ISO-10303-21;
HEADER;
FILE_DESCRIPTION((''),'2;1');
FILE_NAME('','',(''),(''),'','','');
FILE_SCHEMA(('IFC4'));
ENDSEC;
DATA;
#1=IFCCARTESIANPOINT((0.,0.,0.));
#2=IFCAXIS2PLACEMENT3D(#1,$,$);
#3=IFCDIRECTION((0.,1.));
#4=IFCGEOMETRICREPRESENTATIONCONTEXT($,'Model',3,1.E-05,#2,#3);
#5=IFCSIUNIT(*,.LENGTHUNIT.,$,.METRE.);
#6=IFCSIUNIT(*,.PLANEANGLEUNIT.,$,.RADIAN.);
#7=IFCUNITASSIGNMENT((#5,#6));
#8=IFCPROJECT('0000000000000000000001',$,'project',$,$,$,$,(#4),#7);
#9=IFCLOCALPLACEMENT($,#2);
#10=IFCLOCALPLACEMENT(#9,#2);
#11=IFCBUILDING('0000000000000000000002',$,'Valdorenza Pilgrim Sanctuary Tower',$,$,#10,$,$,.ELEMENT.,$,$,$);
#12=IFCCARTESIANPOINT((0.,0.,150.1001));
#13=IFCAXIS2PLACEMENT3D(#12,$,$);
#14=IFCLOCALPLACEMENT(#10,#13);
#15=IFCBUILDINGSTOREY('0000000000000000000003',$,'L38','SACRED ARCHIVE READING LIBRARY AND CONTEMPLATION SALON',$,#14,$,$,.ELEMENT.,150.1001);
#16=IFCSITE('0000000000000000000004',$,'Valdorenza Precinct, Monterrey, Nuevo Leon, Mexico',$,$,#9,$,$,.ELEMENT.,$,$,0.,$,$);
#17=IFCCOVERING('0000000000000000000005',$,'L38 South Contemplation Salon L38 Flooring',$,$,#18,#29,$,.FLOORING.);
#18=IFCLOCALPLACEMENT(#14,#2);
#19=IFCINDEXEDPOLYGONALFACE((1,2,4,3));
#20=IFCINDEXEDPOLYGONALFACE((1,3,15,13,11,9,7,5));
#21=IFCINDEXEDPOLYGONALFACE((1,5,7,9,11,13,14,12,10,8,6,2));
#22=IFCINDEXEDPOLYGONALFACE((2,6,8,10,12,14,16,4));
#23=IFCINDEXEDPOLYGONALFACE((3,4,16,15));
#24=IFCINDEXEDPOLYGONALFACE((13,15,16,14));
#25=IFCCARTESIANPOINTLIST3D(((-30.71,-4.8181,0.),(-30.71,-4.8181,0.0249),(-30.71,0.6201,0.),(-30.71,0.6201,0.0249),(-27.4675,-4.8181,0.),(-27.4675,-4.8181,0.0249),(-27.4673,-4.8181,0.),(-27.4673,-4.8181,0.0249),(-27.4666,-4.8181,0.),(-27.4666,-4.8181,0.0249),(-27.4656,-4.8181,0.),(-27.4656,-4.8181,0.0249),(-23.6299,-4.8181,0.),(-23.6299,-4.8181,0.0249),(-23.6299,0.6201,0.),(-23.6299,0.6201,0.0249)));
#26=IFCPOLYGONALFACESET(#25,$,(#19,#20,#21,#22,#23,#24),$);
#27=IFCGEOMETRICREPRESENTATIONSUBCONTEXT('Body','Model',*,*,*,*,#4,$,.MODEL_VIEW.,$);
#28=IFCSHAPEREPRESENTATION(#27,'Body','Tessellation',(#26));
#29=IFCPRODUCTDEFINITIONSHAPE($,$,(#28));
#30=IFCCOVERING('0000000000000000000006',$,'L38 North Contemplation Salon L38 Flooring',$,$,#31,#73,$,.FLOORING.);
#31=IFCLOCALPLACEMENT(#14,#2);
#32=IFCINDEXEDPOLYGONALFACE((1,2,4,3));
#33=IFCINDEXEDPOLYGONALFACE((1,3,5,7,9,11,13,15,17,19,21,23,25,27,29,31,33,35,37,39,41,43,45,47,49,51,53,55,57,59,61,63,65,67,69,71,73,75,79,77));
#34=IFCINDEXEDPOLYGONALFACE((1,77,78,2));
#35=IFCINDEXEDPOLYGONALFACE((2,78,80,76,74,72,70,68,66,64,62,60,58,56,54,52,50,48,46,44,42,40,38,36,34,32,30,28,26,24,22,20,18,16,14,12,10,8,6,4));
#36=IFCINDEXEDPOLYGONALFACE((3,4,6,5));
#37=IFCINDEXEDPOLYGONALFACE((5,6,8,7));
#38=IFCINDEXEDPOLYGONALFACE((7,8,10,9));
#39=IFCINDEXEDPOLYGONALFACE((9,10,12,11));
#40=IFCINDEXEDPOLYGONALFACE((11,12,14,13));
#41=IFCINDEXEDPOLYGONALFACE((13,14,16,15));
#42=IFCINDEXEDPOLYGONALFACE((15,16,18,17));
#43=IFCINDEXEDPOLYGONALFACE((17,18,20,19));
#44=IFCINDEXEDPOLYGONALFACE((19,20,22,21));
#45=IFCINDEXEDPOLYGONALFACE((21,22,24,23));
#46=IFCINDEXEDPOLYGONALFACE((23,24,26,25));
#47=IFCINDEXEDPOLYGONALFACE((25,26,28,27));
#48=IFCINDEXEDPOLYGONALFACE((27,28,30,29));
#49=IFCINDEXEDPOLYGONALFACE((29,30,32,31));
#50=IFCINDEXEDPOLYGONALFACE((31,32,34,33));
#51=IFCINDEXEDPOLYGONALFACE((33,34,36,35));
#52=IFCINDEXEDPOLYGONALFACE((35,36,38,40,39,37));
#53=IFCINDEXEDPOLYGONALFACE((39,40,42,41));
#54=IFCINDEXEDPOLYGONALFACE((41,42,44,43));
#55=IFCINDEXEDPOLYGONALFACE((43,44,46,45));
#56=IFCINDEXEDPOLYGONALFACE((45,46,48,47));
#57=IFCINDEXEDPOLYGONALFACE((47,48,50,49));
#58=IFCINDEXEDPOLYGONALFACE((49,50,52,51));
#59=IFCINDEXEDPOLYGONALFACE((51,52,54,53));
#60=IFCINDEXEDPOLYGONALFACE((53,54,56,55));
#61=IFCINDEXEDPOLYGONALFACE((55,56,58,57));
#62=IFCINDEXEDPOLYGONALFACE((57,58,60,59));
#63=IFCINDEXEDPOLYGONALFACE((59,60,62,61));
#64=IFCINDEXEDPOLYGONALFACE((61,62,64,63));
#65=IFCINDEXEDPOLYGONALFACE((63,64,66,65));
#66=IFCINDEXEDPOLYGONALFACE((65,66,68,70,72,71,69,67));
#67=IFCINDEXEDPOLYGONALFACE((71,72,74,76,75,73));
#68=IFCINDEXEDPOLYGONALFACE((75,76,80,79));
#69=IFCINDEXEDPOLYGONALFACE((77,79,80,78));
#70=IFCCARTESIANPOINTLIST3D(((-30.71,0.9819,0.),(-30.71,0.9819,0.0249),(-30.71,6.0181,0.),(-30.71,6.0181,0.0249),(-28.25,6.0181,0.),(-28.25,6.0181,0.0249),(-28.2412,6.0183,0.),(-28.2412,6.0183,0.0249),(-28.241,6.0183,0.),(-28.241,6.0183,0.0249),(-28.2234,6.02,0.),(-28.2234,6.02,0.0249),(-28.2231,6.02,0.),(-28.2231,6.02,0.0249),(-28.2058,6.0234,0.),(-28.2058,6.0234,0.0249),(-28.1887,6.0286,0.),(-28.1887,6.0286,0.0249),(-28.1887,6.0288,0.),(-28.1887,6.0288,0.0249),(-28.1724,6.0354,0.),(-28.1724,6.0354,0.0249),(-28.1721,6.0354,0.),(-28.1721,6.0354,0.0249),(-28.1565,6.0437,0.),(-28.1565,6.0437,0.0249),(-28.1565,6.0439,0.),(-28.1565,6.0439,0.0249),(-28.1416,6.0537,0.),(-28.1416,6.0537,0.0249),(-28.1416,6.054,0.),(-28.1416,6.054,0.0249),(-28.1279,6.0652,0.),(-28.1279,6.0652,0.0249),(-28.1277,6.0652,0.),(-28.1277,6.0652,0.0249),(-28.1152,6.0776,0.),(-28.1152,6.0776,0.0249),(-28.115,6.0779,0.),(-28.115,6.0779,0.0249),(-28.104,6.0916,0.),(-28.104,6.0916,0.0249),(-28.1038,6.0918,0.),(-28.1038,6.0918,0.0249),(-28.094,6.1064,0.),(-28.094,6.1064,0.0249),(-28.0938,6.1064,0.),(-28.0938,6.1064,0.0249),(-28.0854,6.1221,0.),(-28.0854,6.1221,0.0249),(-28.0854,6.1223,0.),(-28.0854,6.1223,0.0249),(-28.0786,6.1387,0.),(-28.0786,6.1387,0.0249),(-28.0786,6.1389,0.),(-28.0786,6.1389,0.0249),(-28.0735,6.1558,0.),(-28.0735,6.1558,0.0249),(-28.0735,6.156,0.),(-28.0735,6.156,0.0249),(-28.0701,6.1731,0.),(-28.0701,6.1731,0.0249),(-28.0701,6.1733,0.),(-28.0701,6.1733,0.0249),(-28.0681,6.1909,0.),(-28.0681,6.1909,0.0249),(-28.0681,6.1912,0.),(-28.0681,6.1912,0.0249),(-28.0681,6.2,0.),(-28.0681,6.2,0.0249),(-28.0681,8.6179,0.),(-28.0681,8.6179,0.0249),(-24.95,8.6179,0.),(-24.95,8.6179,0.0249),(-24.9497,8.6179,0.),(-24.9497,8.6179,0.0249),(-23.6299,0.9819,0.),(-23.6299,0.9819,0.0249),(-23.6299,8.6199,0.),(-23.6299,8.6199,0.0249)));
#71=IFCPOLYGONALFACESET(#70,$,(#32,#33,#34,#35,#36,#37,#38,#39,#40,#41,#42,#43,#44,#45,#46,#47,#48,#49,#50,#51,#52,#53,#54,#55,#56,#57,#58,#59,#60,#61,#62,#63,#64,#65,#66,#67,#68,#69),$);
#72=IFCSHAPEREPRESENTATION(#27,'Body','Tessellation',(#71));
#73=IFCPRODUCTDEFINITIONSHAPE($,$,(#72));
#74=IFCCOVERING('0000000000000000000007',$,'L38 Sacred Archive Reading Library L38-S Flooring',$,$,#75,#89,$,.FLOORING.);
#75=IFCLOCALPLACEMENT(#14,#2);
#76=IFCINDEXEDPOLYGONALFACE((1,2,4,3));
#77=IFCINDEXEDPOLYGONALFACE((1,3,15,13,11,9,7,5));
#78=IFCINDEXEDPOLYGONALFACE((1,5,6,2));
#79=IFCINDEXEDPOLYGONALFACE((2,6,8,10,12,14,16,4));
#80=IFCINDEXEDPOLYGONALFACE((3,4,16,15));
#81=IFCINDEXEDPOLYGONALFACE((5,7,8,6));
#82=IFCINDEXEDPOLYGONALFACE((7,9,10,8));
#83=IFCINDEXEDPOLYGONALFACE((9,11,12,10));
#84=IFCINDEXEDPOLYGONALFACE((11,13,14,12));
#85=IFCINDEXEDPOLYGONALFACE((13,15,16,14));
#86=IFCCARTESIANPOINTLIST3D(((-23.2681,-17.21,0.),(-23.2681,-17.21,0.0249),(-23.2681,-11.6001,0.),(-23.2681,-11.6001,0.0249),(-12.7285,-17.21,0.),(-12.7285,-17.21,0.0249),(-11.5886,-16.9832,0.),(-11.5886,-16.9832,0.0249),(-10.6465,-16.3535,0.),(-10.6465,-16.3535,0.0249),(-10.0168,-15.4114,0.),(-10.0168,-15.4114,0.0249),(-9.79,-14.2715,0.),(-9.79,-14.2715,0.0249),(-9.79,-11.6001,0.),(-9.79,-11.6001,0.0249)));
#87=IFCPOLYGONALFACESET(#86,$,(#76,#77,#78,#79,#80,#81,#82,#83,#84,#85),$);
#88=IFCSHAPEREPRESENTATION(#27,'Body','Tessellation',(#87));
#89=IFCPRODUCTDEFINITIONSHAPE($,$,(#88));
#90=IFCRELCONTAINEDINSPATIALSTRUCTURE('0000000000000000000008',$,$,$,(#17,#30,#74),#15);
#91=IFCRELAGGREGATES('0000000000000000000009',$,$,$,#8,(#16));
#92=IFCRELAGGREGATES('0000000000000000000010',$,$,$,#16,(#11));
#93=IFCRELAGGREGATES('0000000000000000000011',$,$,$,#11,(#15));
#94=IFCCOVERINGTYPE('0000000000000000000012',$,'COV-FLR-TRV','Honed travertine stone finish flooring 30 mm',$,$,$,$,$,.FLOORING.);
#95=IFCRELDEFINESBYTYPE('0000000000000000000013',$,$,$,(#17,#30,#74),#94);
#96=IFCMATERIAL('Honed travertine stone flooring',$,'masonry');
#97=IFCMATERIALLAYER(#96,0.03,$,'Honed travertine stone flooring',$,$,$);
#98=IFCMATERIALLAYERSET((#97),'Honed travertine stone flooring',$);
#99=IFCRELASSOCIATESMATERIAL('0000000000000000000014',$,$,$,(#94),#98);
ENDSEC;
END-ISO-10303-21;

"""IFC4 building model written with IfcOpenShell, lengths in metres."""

from ifc_helpers import new_model, si_unit, direction, frame, origin, place, context, subcontext, project, spatial, polyline, outline, extrude, material, layer, layer_set, type_object, element, save


model = new_model("IFC4")

# Units and contexts
model_context = context("Model", 3, precision=1e-05, world=origin(), true_north=direction((0.0, 1.0)))
body_context = subcontext(model_context, "Body", "Model", "MODEL_VIEW")
ifc_project = project(units=[si_unit("LENGTHUNIT", "METRE"), si_unit("PLANEANGLEUNIT", "RADIAN")], contexts=[model_context])

# Site, building, storey
site_placement = place(None, origin())
site = spatial("IfcSite", under=ifc_project, at=site_placement, Name="Valdorenza Precinct, Monterrey, Nuevo Leon, Mexico", CompositionType="ELEMENT", RefElevation=0.0)
building_placement = place(site_placement, origin())
building = spatial("IfcBuilding", under=site, at=building_placement, Name="Valdorenza Pilgrim Sanctuary Tower", CompositionType="ELEMENT")
storey_placement = place(building_placement, frame((0.0, 0.0, 150.1001)))
storey = spatial("IfcBuildingStorey", under=building, at=storey_placement, Name="L38", Description="SACRED ARCHIVE READING LIBRARY AND CONTEMPLATION SALON", CompositionType="ELEMENT", Elevation=150.1001)

# Coverings
ifc_material_1 = material(Name="Honed travertine stone flooring", Category="masonry")
ifc_layer_1 = layer(ifc_material_1, 0.03, Name="Honed travertine stone flooring")
ifc_layer_set_1 = layer_set([ifc_layer_1], Name="Honed travertine stone flooring")
covering_type_1 = type_object("IfcCoveringType", Name="COV-FLR-TRV", Description="Honed travertine stone finish flooring 30 mm", PredefinedType="FLOORING", material=ifc_layer_set_1)
covering_1_placement = place(storey_placement, origin())
element("IfcCovering", 1, at=covering_1_placement, inside=storey, type_object=covering_type_1, Name="L38 South Contemplation Salon L38 Flooring", PredefinedType="FLOORING", context=body_context, shape_type="SweptSolid", body=[
    extrude(outline(polyline([(-27.4673, -4.8181), (-27.4675, -4.8181), (-30.71, -4.8181), (-30.71, 0.6201), (-23.6299, 0.6201), (-23.6299, -4.8181), (-27.4656, -4.8181), (-27.4666, -4.8181), (-27.4673, -4.8181)])), origin(), (0.0, 0.0, 1.0), 0.0249),
])
covering_2_placement = place(storey_placement, origin())
element("IfcCovering", 2, at=covering_2_placement, inside=storey, type_object=covering_type_1, Name="L38 North Contemplation Salon L38 Flooring", PredefinedType="FLOORING", context=body_context, shape_type="SweptSolid", body=[
    extrude(outline(polyline([(-23.6299, 8.6199), (-23.6299, 0.9819), (-30.71, 0.9819), (-30.71, 6.0181), (-28.25, 6.0181), (-28.2412, 6.0183), (-28.241, 6.0183), (-28.2234, 6.02), (-28.2231, 6.02), (-28.2058, 6.0234), (-28.2058, 6.0234), (-28.1887, 6.0286), (-28.1887, 6.0288), (-28.1724, 6.0354), (-28.1721, 6.0354), (-28.1565, 6.0437), (-28.1565, 6.0439), (-28.1416, 6.0537), (-28.1416, 6.054), (-28.1279, 6.0652), (-28.1277, 6.0652), (-28.1152, 6.0776), (-28.115, 6.0779), (-28.104, 6.0916), (-28.1038, 6.0918), (-28.094, 6.1064), (-28.0938, 6.1064), (-28.0854, 6.1221), (-28.0854, 6.1223), (-28.0786, 6.1387), (-28.0786, 6.1389), (-28.0735, 6.1558), (-28.0735, 6.156), (-28.0701, 6.1731), (-28.0701, 6.1733), (-28.0681, 6.1909), (-28.0681, 6.1912), (-28.0681, 6.2), (-28.0681, 8.6179), (-24.95, 8.6179), (-24.9497, 8.6179), (-23.6299, 8.6199)])), origin(), (0.0, 0.0, 1.0), 0.0249),
])
covering_3_placement = place(storey_placement, origin())
element("IfcCovering", 3, at=covering_3_placement, inside=storey, type_object=covering_type_1, Name="L38 Sacred Archive Reading Library L38-S Flooring", PredefinedType="FLOORING", context=body_context, shape_type="SweptSolid", body=[
    extrude(outline(polyline([(-9.79, -11.6001), (-9.79, -14.2715), (-10.0168, -15.4114), (-10.6465, -16.3535), (-11.5886, -16.9832), (-12.7285, -17.21), (-23.2681, -17.21), (-23.2681, -11.6001), (-9.79, -11.6001)])), origin(), (0.0, 0.0, 1.0), 0.0249),
])

save(model, "model.ifc")
